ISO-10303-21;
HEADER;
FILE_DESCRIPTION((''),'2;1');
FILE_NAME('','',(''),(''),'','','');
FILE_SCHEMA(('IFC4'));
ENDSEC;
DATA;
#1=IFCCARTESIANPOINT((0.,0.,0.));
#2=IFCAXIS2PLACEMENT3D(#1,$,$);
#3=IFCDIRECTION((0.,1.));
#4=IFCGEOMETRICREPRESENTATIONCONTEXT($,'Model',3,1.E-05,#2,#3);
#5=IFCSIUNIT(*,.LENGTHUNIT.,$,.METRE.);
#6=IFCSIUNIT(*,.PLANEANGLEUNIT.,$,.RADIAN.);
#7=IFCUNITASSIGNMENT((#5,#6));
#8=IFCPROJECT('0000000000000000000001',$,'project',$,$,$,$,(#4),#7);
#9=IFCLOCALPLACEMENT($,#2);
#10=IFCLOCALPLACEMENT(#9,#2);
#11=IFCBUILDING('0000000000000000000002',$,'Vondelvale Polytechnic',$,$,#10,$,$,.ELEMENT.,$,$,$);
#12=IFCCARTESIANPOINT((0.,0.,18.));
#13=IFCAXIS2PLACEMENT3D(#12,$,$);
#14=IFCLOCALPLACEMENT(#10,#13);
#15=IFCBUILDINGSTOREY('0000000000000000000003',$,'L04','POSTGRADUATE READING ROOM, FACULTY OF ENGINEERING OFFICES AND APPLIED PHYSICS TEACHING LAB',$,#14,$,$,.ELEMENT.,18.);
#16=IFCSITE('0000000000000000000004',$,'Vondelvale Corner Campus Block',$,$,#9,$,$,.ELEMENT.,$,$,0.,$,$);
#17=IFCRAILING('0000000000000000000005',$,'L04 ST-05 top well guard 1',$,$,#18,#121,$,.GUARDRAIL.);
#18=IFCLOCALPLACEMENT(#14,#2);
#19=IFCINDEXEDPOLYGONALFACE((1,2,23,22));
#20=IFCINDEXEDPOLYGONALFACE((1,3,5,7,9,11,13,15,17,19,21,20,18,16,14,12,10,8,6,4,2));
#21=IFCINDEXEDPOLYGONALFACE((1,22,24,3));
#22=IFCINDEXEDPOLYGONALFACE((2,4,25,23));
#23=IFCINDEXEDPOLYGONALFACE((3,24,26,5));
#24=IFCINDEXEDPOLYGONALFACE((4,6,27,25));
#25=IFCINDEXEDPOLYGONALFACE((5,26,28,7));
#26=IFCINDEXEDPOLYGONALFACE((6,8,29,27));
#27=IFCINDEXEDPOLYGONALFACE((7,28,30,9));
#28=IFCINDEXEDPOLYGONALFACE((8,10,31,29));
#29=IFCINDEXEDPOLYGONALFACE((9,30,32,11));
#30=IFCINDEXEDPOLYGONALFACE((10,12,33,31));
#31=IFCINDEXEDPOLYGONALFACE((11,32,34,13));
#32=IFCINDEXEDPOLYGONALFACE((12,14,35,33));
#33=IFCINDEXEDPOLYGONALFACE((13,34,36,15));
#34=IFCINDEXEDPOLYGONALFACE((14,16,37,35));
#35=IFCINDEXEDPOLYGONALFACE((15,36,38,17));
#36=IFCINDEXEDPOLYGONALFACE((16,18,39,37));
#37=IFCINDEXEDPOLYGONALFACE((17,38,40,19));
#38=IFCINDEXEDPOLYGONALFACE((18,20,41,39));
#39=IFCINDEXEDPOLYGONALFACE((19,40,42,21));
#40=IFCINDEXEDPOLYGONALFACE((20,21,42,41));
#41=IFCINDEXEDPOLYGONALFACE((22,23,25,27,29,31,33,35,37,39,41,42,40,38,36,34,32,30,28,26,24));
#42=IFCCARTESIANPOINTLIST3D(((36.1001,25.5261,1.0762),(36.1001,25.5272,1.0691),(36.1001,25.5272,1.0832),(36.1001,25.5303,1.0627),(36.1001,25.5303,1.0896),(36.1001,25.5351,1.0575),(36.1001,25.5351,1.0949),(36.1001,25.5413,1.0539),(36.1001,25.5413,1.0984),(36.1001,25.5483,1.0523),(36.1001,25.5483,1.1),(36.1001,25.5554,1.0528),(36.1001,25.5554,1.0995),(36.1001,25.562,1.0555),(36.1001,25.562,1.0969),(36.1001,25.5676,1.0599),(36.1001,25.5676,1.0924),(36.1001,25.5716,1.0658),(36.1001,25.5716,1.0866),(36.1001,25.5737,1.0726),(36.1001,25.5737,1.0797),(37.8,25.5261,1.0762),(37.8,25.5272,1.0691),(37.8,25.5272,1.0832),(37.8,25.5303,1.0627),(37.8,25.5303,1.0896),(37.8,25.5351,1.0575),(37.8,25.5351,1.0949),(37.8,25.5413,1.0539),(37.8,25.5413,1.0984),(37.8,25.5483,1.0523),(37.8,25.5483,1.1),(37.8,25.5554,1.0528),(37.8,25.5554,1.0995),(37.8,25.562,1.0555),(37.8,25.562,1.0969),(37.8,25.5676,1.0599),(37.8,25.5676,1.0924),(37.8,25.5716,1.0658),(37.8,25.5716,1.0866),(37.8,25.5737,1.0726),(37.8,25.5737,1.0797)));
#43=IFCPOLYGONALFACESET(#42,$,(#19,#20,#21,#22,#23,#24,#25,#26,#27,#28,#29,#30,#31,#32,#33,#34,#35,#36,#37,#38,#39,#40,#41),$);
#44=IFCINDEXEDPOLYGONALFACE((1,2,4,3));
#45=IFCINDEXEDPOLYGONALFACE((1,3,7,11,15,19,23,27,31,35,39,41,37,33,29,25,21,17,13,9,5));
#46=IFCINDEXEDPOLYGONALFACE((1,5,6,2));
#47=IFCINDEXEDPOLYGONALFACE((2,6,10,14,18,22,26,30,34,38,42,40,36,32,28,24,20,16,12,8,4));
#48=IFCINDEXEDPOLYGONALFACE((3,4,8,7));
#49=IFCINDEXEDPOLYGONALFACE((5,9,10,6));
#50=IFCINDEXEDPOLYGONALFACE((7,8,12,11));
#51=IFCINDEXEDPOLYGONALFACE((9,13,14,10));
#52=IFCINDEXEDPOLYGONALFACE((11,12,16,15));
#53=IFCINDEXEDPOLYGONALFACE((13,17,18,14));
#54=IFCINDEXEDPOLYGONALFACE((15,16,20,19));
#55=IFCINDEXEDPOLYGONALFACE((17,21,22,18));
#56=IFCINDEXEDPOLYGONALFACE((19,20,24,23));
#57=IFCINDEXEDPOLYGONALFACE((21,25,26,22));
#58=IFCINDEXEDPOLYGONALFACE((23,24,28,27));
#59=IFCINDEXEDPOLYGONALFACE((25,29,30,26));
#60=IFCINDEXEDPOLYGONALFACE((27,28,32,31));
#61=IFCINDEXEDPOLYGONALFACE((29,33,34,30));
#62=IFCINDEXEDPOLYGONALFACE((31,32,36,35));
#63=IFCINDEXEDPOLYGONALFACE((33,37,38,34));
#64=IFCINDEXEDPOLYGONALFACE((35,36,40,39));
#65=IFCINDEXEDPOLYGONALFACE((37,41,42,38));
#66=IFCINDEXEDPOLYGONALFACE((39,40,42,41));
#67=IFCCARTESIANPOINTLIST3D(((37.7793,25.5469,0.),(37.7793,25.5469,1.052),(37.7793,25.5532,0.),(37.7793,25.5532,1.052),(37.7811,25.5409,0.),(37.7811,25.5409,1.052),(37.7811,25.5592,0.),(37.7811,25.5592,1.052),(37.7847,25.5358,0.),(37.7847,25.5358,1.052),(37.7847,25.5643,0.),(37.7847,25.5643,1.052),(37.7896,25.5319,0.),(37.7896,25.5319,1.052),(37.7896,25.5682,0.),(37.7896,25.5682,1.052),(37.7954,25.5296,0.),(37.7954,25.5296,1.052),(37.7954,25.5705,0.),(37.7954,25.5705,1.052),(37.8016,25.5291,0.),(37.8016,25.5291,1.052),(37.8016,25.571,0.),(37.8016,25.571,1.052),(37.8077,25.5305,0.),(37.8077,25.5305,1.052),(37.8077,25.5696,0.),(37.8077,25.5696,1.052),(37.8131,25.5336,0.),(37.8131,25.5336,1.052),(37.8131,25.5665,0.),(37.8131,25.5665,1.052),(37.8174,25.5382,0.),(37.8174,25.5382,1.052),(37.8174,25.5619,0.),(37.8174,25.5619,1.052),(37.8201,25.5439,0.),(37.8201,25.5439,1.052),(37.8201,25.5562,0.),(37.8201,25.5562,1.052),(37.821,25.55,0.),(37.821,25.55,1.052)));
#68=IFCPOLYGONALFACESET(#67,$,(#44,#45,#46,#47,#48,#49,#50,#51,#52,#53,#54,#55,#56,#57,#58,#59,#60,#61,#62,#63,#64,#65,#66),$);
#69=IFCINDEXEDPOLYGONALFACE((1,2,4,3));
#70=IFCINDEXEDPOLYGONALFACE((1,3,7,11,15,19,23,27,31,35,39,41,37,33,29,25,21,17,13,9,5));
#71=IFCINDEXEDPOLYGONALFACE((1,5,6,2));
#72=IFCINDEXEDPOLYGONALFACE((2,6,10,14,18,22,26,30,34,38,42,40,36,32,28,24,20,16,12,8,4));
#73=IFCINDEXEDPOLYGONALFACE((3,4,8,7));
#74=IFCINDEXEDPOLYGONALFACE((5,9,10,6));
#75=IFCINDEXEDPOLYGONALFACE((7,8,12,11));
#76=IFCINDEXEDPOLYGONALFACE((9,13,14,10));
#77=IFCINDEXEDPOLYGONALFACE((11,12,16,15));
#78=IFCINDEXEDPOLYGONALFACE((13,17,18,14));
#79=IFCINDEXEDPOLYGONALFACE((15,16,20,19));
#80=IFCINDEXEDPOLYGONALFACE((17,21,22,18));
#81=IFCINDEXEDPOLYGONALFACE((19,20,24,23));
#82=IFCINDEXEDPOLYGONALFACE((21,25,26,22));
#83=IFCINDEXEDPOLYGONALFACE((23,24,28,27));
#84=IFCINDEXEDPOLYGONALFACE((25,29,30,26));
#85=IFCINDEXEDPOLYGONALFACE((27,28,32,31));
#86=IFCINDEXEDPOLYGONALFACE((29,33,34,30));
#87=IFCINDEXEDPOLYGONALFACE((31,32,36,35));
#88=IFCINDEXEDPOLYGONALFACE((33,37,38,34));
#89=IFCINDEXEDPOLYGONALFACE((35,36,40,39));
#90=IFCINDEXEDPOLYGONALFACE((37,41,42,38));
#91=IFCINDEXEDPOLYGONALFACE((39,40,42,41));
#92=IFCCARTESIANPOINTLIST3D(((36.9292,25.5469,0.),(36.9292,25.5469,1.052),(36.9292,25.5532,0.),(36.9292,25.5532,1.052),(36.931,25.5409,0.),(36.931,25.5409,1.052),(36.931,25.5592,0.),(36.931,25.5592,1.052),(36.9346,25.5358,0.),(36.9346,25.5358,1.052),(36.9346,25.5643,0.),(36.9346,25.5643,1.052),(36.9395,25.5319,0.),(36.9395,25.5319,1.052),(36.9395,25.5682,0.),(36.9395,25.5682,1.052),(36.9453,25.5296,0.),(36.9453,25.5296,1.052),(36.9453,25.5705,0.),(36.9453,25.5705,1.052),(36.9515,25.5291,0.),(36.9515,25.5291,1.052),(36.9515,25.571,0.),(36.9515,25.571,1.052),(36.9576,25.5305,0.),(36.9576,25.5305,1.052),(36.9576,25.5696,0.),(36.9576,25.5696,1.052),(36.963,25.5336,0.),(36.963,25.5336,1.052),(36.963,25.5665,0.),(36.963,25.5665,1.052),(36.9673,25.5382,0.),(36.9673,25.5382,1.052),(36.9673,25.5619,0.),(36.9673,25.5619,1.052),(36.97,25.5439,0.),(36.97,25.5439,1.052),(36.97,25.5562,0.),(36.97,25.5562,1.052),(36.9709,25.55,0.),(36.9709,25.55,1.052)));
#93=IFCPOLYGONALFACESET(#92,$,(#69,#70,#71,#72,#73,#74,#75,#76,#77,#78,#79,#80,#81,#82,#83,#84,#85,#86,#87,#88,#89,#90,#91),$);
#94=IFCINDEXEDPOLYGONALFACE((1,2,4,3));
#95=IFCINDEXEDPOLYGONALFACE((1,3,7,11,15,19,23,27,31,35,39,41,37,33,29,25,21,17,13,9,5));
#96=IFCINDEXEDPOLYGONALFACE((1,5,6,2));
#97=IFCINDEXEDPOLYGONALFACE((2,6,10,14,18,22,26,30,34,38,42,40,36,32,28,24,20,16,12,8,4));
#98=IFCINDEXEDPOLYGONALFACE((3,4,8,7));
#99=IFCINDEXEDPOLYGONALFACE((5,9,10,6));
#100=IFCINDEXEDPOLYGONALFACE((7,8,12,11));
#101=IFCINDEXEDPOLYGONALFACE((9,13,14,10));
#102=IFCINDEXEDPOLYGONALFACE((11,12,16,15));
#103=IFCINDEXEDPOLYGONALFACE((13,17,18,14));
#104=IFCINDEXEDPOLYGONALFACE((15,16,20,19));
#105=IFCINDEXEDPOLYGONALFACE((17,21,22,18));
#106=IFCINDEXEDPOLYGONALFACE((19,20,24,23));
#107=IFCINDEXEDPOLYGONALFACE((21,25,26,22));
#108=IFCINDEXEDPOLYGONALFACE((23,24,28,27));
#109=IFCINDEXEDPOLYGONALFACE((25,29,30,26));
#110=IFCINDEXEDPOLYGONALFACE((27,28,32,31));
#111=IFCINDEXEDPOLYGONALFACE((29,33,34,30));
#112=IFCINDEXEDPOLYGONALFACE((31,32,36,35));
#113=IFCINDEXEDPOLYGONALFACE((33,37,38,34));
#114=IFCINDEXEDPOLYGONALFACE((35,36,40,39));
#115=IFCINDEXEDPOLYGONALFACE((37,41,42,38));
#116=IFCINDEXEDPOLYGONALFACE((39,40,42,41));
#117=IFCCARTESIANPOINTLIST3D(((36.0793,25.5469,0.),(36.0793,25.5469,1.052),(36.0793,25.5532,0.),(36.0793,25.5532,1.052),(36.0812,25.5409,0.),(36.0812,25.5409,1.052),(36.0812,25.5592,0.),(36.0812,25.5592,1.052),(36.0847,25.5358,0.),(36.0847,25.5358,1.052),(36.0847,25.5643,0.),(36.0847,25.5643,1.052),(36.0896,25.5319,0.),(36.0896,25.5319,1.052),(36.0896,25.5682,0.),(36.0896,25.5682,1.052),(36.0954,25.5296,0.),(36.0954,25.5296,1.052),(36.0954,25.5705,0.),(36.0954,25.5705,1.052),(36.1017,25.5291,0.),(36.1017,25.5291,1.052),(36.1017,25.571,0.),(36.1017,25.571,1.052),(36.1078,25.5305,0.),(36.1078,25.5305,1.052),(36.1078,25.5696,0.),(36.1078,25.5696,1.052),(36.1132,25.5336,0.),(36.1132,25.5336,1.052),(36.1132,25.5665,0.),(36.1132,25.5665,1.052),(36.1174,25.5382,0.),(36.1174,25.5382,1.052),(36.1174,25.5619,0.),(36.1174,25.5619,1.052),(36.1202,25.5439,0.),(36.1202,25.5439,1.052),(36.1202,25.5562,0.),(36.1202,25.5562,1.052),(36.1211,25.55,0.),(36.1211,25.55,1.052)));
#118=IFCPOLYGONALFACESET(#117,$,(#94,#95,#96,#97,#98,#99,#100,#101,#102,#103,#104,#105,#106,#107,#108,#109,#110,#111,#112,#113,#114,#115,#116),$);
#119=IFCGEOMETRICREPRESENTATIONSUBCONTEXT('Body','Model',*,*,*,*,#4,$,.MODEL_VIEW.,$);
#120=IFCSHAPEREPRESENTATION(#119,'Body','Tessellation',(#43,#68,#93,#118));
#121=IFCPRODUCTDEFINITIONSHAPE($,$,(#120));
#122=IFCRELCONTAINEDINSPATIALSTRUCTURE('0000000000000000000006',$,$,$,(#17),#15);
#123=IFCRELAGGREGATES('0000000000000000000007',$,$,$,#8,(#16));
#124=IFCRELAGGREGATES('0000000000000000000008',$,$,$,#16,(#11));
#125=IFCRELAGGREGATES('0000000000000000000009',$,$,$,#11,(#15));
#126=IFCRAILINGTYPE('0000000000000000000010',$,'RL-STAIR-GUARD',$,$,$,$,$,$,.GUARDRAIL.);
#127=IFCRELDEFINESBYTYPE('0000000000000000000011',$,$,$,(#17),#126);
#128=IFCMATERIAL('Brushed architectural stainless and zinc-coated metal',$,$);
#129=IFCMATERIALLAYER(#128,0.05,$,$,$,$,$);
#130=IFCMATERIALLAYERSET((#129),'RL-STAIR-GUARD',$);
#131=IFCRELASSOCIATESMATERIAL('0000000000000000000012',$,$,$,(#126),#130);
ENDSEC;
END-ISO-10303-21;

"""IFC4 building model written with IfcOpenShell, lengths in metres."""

from ifc_helpers import new_model, si_unit, direction, frame, origin, origin_2d, place, context, subcontext, project, spatial, circle, extrude, material, layer, layer_set, type_object, element, save


model = new_model("IFC4")

# Units and contexts
model_context = context("Model", 3, precision=1e-05, world=origin(), true_north=direction((0.0, 1.0)))
body_context = subcontext(model_context, "Body", "Model", "MODEL_VIEW")
ifc_project = project(units=[si_unit("LENGTHUNIT", "METRE"), si_unit("PLANEANGLEUNIT", "RADIAN")], contexts=[model_context])

# Site, building, storey
site_placement = place(None, origin())
site = spatial("IfcSite", under=ifc_project, at=site_placement, Name="Vondelvale Corner Campus Block", CompositionType="ELEMENT", RefElevation=0.0)
building_placement = place(site_placement, origin())
building = spatial("IfcBuilding", under=site, at=building_placement, Name="Vondelvale Polytechnic", CompositionType="ELEMENT")
storey_placement = place(building_placement, frame((0.0, 0.0, 18.0)))
storey = spatial("IfcBuildingStorey", under=building, at=storey_placement, Name="L04", Description="POSTGRADUATE READING ROOM, FACULTY OF ENGINEERING OFFICES AND APPLIED PHYSICS TEACHING LAB", CompositionType="ELEMENT", Elevation=18.0)

# Shared definitions
ifc_material_1 = material(Name="Brushed architectural stainless and zinc-coated metal")

# Railing
ifc_layer_1 = layer(ifc_material_1, 0.05)
ifc_layer_set_1 = layer_set([ifc_layer_1], Name="RL-STAIR-GUARD")
railing_type_1 = type_object("IfcRailingType", Name="RL-STAIR-GUARD", PredefinedType="GUARDRAIL", material=ifc_layer_set_1)
railing_1_placement = place(storey_placement, frame((37.8, 25.55, 0.0)))
element("IfcRailing", 1, at=railing_1_placement, inside=storey, type_object=railing_type_1, Name="L04 ST-05 top well guard 1", PredefinedType="GUARDRAIL", context=body_context, shape_type="SweptSolid", body=[
    extrude(circle(Radius=0.0239, at=origin_2d()), frame((0.0, 0.0, 1.0762), z_axis=(-1.0, 0.0, 0.0), x_axis=(0.0, -1.0, 0.0)), (0.0, 0.0, 1.0), 1.7),
    extrude(circle(Radius=0.021, at=origin_2d()), origin(), (0.0, 0.0, 1.0), 1.052),
    extrude(circle(Radius=0.021, at=origin_2d()), frame((-0.8501, 0.0, 0.0)), (0.0, 0.0, 1.0), 1.052),
    extrude(circle(Radius=0.021, at=origin_2d()), frame((-1.7, 0.0, 0.0)), (0.0, 0.0, 1.0), 1.052),
])

save(model, "model.ifc")
